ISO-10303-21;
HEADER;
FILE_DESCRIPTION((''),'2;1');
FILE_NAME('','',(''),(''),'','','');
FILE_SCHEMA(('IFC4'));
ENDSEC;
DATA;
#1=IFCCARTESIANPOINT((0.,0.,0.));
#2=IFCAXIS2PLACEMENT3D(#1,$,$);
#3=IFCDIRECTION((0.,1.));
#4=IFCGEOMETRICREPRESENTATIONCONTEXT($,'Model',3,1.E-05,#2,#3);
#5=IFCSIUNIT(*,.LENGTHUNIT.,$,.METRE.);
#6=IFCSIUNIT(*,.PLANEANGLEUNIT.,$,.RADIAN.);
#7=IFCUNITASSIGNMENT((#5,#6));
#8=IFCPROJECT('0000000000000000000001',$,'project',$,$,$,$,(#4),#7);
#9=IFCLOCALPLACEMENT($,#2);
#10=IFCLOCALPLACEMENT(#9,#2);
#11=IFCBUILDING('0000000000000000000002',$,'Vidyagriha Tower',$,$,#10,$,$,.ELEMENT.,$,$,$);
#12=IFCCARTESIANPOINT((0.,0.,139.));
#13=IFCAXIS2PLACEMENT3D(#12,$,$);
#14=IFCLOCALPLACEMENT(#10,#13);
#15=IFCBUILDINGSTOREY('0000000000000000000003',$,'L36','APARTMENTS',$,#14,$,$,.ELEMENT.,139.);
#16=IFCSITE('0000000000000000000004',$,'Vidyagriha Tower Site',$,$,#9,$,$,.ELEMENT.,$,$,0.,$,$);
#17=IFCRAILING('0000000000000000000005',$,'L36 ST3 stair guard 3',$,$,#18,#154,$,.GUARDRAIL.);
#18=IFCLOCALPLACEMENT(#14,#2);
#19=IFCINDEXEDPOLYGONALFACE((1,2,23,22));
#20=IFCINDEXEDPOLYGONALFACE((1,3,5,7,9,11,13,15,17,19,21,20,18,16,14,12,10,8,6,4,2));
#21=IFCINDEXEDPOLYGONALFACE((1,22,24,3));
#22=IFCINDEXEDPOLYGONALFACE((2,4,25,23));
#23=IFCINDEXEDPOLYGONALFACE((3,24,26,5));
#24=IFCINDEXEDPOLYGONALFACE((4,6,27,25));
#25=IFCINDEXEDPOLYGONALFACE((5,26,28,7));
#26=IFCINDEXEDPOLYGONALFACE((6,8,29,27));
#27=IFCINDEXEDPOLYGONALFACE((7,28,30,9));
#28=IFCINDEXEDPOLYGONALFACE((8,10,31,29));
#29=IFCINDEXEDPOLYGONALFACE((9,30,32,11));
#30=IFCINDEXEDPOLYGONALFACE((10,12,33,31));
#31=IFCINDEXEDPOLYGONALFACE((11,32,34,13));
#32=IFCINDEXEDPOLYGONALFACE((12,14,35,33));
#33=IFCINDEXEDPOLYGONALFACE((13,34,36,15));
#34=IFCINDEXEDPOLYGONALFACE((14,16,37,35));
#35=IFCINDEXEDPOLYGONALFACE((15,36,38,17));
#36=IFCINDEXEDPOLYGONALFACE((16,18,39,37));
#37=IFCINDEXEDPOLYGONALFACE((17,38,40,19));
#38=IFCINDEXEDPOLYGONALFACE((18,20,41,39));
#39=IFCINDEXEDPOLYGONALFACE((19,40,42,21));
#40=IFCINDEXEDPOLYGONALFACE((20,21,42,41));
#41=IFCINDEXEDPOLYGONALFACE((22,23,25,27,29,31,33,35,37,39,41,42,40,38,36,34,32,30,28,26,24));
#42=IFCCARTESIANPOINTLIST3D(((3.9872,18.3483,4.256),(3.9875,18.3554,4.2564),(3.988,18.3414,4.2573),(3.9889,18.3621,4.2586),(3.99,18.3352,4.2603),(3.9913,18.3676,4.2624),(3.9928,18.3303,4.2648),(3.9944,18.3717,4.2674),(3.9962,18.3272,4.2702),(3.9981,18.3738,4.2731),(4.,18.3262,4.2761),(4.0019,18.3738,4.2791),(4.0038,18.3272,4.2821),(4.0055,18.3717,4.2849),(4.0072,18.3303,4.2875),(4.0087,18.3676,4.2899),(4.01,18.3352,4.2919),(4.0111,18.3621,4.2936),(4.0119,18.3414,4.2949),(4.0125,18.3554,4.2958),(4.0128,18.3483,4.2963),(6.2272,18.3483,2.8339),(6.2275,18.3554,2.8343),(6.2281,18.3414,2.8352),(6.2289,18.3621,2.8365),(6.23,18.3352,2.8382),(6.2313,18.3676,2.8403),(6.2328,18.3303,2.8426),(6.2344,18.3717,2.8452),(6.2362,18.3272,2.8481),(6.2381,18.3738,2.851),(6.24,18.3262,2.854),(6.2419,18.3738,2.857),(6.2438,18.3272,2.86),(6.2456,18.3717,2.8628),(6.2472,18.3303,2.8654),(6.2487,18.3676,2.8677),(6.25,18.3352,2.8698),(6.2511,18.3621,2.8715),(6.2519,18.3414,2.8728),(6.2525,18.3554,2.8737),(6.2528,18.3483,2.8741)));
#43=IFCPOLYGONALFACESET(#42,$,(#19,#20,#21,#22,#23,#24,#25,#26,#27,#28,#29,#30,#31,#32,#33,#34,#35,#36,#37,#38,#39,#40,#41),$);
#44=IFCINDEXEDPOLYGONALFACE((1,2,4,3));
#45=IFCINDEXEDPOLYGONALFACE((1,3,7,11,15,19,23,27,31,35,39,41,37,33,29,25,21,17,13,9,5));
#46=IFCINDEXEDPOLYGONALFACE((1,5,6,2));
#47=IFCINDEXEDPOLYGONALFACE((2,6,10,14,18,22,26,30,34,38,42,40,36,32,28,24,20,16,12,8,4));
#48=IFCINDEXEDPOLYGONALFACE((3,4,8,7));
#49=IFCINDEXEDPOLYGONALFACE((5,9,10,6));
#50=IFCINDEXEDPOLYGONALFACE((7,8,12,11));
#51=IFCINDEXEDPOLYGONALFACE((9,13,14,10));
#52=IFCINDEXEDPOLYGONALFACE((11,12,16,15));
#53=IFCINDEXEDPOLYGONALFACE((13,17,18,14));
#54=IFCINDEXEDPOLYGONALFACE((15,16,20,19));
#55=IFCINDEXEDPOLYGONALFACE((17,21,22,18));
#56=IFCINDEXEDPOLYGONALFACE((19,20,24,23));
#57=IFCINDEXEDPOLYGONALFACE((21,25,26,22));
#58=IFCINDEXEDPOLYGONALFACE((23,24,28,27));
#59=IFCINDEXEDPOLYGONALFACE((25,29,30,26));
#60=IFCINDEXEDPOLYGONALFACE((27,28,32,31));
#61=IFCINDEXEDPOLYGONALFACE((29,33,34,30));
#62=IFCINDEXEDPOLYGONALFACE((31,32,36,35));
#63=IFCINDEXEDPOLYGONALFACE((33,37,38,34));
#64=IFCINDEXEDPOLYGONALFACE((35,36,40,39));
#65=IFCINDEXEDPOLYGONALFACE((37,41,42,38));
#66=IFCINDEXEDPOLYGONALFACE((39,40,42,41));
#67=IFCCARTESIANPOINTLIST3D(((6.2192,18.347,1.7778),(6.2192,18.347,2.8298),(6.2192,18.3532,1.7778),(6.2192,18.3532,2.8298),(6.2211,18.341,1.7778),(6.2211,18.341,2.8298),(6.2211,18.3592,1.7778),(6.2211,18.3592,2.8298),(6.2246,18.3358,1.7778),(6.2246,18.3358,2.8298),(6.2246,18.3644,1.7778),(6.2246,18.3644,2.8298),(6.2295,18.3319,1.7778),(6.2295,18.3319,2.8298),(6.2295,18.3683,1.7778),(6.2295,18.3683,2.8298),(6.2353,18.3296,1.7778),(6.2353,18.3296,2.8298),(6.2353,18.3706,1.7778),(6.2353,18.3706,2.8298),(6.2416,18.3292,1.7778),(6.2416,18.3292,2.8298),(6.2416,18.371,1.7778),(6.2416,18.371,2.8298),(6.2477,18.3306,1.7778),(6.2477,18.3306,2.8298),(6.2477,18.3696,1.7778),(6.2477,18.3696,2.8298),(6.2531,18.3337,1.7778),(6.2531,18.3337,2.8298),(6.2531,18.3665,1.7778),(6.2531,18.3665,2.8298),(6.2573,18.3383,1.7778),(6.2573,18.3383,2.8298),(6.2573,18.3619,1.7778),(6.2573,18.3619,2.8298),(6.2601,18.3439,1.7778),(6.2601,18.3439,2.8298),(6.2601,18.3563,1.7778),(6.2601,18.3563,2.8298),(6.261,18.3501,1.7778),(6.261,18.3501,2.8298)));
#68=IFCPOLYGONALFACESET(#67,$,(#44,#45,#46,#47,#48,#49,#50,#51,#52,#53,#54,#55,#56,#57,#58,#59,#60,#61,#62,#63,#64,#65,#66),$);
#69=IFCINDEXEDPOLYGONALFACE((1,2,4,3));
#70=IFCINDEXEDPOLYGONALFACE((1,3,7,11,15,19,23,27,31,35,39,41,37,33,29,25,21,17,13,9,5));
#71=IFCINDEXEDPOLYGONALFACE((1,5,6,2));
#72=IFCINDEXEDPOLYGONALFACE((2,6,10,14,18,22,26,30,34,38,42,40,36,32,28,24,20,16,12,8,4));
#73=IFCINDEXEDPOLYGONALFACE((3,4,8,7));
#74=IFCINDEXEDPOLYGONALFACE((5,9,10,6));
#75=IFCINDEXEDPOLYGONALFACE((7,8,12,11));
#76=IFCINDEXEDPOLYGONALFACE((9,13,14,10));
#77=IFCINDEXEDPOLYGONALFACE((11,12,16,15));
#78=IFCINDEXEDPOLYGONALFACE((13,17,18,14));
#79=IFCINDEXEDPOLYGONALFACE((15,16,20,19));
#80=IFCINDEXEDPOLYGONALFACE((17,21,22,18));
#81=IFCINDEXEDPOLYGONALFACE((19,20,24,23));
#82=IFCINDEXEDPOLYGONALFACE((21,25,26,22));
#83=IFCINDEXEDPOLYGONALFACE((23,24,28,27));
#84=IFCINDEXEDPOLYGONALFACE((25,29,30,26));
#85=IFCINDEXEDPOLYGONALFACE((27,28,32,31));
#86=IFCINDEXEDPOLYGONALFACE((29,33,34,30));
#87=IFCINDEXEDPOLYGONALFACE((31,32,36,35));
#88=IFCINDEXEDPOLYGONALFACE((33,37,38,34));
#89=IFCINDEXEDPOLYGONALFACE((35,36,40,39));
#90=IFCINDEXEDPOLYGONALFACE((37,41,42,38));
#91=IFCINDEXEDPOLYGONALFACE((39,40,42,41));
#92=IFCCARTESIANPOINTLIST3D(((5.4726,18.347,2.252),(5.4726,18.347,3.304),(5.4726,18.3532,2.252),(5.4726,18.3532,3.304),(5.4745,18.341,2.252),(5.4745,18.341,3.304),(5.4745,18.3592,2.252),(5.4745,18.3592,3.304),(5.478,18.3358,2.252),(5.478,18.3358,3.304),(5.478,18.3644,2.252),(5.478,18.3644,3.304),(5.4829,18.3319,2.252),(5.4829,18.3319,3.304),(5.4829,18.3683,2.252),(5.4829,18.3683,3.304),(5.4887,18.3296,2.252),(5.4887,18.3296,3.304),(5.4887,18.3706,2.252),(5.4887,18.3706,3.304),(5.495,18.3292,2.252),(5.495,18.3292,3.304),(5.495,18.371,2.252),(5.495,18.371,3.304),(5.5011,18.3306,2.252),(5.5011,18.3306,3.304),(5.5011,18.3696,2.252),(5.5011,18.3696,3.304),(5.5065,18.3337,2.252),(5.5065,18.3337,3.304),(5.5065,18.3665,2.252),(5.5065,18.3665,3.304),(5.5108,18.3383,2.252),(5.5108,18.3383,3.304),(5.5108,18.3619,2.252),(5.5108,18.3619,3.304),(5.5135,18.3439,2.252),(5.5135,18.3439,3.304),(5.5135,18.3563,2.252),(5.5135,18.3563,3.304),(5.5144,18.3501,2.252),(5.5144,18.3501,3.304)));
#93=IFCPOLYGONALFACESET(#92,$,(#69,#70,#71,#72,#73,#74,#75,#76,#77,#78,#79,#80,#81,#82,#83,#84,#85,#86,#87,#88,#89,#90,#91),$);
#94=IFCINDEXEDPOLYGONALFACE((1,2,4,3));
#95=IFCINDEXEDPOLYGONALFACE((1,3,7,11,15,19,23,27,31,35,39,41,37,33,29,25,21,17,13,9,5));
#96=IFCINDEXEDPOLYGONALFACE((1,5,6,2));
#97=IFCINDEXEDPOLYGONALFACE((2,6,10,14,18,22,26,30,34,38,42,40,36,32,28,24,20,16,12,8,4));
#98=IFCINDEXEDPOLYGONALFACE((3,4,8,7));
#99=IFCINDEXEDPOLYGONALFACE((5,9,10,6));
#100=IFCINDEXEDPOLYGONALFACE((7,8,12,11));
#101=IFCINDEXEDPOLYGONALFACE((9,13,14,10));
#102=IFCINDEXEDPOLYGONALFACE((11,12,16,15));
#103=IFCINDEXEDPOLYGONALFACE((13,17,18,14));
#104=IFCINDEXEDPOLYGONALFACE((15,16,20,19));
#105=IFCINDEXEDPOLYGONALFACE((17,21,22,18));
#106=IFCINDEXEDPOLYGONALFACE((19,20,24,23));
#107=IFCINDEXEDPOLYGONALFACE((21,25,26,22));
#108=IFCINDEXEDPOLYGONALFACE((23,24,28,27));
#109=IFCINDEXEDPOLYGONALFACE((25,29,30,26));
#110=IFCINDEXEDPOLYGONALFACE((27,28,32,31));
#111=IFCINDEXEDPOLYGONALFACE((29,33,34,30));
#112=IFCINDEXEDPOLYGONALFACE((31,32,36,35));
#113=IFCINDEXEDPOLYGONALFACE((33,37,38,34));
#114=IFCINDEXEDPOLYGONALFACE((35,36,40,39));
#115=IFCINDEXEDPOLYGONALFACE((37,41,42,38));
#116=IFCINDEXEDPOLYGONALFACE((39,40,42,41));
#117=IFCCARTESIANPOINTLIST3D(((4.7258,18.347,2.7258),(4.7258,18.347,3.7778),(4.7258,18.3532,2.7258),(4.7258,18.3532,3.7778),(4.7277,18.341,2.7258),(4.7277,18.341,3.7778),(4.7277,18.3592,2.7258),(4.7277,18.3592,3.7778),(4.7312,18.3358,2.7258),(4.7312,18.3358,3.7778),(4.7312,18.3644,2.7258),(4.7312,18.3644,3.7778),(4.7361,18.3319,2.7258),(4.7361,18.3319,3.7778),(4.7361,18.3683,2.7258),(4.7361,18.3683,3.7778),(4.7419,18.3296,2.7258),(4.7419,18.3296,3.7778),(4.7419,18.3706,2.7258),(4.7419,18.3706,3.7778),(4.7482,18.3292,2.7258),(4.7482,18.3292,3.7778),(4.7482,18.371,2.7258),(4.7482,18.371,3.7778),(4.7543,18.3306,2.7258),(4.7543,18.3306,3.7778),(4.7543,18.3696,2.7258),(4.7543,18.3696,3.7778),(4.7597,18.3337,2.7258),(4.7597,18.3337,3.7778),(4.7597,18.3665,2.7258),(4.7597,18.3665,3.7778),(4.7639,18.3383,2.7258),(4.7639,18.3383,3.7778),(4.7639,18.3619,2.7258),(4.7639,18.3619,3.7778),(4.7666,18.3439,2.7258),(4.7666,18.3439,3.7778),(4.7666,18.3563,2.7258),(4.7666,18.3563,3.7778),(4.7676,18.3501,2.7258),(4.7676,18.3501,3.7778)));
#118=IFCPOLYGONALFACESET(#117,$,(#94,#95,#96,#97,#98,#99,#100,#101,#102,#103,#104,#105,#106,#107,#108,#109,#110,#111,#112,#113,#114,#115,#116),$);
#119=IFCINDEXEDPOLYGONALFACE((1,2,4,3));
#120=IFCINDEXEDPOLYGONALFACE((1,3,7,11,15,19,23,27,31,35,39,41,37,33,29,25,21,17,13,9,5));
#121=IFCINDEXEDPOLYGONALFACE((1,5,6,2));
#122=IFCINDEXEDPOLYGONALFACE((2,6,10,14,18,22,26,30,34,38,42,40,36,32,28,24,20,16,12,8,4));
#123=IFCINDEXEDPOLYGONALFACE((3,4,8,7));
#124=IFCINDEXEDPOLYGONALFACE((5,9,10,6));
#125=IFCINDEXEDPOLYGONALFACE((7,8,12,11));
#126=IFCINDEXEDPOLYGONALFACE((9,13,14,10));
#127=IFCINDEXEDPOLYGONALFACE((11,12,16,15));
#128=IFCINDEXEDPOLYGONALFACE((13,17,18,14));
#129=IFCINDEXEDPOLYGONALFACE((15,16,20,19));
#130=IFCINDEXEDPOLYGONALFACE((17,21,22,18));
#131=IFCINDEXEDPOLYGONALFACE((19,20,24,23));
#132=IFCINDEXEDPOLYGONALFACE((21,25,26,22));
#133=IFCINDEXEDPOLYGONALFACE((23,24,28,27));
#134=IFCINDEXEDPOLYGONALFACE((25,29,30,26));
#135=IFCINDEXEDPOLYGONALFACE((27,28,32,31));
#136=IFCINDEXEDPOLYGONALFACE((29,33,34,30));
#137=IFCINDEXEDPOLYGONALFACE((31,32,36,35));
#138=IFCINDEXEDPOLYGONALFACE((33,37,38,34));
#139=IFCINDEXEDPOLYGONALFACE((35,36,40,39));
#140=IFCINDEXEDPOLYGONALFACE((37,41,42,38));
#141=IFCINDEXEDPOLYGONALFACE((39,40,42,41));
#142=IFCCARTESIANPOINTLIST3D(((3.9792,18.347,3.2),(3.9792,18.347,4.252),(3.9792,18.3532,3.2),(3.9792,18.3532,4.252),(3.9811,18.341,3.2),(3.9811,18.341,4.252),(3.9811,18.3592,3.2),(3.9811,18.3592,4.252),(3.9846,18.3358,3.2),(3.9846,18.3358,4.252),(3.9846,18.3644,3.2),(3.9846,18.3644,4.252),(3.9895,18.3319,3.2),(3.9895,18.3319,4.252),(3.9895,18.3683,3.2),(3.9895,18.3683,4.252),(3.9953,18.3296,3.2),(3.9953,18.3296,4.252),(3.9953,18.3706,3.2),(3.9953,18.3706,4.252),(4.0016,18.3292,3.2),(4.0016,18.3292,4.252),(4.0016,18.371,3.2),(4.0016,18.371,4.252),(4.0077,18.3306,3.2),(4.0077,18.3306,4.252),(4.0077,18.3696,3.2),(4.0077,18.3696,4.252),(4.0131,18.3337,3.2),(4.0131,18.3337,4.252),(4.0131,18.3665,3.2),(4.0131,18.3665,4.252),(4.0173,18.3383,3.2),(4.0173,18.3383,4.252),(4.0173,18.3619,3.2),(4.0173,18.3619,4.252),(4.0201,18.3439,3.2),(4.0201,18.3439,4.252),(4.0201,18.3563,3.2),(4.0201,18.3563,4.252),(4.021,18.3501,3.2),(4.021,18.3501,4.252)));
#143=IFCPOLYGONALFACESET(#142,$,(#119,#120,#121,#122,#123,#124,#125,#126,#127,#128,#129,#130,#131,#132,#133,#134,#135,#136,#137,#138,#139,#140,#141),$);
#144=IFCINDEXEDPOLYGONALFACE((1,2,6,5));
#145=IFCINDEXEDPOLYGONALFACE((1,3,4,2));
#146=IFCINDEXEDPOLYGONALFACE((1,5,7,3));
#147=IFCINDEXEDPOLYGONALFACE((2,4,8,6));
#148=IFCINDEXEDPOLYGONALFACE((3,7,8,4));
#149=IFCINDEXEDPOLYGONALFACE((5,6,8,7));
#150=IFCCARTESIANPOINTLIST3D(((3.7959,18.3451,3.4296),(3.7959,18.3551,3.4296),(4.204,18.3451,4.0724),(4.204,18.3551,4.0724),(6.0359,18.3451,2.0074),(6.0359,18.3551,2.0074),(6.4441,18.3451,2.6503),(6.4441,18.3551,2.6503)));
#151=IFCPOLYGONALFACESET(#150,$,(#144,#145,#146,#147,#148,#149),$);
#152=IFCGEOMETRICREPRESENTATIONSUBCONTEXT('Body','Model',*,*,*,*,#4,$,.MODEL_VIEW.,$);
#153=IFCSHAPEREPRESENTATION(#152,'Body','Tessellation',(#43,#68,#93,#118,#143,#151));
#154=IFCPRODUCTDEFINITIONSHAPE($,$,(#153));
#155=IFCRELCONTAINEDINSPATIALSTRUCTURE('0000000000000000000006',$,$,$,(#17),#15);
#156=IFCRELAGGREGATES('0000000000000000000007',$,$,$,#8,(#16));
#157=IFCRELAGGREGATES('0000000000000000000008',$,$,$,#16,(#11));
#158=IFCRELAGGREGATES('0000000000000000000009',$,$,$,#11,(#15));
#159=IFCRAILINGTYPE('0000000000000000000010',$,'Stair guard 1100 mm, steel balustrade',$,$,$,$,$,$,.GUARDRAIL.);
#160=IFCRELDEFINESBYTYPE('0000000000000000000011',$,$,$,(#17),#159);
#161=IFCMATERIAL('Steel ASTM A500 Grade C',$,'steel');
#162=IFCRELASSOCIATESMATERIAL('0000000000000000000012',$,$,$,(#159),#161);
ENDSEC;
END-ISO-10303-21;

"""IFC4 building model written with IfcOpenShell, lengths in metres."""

from ifc_helpers import new_model, si_unit, direction, frame, origin, origin_2d, place, context, subcontext, project, spatial, rectangle, circle, extrude, material, type_object, element, save


model = new_model("IFC4")

# Units and contexts
model_context = context("Model", 3, precision=1e-05, world=origin(), true_north=direction((0.0, 1.0)))
body_context = subcontext(model_context, "Body", "Model", "MODEL_VIEW")
ifc_project = project(units=[si_unit("LENGTHUNIT", "METRE"), si_unit("PLANEANGLEUNIT", "RADIAN")], contexts=[model_context])

# Site, building, storey
site_placement = place(None, origin())
site = spatial("IfcSite", under=ifc_project, at=site_placement, Name="Vidyagriha Tower Site", CompositionType="ELEMENT", RefElevation=0.0)
building_placement = place(site_placement, origin())
building = spatial("IfcBuilding", under=site, at=building_placement, Name="Vidyagriha Tower", CompositionType="ELEMENT")
storey_placement = place(building_placement, frame((0.0, 0.0, 139.0)))
storey = spatial("IfcBuildingStorey", under=building, at=storey_placement, Name="L36", Description="APARTMENTS", CompositionType="ELEMENT", Elevation=139.0)

# Railing
ifc_material_1 = material(Name="Steel ASTM A500 Grade C", Category="steel")
railing_type_1 = type_object("IfcRailingType", Name="Stair guard 1100 mm, steel balustrade", PredefinedType="GUARDRAIL", material=ifc_material_1)
railing_1_placement = place(storey_placement, frame((6.24, 18.3501, 1.7778)))
element("IfcRailing", 1, at=railing_1_placement, inside=storey, type_object=railing_type_1, Name="L36 ST3 stair guard 3", PredefinedType="GUARDRAIL", context=body_context, shape_type="SweptSolid", body=[
    extrude(circle(Radius=0.0239, at=origin_2d()), frame((0.0, 0.0, 1.0762), z_axis=(-0.844229, 0.0, 0.535982), x_axis=(0.0, -1.0, 0.0)), (0.0, 0.0, 1.0), 2.6533),
    extrude(circle(Radius=0.021, at=origin_2d()), origin(), (0.0, 0.0, 1.0), 1.052),
    extrude(circle(Radius=0.021, at=origin_2d()), frame((-0.7466, 0.0, 0.4741)), (0.0, 0.0, 1.0), 1.052),
    extrude(circle(Radius=0.021, at=origin_2d()), frame((-1.4934, 0.0, 0.948)), (0.0, 0.0, 1.0), 1.052),
    extrude(circle(Radius=0.021, at=origin_2d()), frame((-2.24, 0.0, 1.4221)), (0.0, 0.0, 1.0), 1.052),
    extrude(rectangle(XDim=0.01, YDim=0.7615, at=origin_2d()), frame((0.0, 0.0, 0.551), z_axis=(-0.844229, 0.0, 0.535982), x_axis=(0.0, -1.0, 0.0)), (0.0, 0.0, 1.0), 2.6533),
])

save(model, "model.ifc")
